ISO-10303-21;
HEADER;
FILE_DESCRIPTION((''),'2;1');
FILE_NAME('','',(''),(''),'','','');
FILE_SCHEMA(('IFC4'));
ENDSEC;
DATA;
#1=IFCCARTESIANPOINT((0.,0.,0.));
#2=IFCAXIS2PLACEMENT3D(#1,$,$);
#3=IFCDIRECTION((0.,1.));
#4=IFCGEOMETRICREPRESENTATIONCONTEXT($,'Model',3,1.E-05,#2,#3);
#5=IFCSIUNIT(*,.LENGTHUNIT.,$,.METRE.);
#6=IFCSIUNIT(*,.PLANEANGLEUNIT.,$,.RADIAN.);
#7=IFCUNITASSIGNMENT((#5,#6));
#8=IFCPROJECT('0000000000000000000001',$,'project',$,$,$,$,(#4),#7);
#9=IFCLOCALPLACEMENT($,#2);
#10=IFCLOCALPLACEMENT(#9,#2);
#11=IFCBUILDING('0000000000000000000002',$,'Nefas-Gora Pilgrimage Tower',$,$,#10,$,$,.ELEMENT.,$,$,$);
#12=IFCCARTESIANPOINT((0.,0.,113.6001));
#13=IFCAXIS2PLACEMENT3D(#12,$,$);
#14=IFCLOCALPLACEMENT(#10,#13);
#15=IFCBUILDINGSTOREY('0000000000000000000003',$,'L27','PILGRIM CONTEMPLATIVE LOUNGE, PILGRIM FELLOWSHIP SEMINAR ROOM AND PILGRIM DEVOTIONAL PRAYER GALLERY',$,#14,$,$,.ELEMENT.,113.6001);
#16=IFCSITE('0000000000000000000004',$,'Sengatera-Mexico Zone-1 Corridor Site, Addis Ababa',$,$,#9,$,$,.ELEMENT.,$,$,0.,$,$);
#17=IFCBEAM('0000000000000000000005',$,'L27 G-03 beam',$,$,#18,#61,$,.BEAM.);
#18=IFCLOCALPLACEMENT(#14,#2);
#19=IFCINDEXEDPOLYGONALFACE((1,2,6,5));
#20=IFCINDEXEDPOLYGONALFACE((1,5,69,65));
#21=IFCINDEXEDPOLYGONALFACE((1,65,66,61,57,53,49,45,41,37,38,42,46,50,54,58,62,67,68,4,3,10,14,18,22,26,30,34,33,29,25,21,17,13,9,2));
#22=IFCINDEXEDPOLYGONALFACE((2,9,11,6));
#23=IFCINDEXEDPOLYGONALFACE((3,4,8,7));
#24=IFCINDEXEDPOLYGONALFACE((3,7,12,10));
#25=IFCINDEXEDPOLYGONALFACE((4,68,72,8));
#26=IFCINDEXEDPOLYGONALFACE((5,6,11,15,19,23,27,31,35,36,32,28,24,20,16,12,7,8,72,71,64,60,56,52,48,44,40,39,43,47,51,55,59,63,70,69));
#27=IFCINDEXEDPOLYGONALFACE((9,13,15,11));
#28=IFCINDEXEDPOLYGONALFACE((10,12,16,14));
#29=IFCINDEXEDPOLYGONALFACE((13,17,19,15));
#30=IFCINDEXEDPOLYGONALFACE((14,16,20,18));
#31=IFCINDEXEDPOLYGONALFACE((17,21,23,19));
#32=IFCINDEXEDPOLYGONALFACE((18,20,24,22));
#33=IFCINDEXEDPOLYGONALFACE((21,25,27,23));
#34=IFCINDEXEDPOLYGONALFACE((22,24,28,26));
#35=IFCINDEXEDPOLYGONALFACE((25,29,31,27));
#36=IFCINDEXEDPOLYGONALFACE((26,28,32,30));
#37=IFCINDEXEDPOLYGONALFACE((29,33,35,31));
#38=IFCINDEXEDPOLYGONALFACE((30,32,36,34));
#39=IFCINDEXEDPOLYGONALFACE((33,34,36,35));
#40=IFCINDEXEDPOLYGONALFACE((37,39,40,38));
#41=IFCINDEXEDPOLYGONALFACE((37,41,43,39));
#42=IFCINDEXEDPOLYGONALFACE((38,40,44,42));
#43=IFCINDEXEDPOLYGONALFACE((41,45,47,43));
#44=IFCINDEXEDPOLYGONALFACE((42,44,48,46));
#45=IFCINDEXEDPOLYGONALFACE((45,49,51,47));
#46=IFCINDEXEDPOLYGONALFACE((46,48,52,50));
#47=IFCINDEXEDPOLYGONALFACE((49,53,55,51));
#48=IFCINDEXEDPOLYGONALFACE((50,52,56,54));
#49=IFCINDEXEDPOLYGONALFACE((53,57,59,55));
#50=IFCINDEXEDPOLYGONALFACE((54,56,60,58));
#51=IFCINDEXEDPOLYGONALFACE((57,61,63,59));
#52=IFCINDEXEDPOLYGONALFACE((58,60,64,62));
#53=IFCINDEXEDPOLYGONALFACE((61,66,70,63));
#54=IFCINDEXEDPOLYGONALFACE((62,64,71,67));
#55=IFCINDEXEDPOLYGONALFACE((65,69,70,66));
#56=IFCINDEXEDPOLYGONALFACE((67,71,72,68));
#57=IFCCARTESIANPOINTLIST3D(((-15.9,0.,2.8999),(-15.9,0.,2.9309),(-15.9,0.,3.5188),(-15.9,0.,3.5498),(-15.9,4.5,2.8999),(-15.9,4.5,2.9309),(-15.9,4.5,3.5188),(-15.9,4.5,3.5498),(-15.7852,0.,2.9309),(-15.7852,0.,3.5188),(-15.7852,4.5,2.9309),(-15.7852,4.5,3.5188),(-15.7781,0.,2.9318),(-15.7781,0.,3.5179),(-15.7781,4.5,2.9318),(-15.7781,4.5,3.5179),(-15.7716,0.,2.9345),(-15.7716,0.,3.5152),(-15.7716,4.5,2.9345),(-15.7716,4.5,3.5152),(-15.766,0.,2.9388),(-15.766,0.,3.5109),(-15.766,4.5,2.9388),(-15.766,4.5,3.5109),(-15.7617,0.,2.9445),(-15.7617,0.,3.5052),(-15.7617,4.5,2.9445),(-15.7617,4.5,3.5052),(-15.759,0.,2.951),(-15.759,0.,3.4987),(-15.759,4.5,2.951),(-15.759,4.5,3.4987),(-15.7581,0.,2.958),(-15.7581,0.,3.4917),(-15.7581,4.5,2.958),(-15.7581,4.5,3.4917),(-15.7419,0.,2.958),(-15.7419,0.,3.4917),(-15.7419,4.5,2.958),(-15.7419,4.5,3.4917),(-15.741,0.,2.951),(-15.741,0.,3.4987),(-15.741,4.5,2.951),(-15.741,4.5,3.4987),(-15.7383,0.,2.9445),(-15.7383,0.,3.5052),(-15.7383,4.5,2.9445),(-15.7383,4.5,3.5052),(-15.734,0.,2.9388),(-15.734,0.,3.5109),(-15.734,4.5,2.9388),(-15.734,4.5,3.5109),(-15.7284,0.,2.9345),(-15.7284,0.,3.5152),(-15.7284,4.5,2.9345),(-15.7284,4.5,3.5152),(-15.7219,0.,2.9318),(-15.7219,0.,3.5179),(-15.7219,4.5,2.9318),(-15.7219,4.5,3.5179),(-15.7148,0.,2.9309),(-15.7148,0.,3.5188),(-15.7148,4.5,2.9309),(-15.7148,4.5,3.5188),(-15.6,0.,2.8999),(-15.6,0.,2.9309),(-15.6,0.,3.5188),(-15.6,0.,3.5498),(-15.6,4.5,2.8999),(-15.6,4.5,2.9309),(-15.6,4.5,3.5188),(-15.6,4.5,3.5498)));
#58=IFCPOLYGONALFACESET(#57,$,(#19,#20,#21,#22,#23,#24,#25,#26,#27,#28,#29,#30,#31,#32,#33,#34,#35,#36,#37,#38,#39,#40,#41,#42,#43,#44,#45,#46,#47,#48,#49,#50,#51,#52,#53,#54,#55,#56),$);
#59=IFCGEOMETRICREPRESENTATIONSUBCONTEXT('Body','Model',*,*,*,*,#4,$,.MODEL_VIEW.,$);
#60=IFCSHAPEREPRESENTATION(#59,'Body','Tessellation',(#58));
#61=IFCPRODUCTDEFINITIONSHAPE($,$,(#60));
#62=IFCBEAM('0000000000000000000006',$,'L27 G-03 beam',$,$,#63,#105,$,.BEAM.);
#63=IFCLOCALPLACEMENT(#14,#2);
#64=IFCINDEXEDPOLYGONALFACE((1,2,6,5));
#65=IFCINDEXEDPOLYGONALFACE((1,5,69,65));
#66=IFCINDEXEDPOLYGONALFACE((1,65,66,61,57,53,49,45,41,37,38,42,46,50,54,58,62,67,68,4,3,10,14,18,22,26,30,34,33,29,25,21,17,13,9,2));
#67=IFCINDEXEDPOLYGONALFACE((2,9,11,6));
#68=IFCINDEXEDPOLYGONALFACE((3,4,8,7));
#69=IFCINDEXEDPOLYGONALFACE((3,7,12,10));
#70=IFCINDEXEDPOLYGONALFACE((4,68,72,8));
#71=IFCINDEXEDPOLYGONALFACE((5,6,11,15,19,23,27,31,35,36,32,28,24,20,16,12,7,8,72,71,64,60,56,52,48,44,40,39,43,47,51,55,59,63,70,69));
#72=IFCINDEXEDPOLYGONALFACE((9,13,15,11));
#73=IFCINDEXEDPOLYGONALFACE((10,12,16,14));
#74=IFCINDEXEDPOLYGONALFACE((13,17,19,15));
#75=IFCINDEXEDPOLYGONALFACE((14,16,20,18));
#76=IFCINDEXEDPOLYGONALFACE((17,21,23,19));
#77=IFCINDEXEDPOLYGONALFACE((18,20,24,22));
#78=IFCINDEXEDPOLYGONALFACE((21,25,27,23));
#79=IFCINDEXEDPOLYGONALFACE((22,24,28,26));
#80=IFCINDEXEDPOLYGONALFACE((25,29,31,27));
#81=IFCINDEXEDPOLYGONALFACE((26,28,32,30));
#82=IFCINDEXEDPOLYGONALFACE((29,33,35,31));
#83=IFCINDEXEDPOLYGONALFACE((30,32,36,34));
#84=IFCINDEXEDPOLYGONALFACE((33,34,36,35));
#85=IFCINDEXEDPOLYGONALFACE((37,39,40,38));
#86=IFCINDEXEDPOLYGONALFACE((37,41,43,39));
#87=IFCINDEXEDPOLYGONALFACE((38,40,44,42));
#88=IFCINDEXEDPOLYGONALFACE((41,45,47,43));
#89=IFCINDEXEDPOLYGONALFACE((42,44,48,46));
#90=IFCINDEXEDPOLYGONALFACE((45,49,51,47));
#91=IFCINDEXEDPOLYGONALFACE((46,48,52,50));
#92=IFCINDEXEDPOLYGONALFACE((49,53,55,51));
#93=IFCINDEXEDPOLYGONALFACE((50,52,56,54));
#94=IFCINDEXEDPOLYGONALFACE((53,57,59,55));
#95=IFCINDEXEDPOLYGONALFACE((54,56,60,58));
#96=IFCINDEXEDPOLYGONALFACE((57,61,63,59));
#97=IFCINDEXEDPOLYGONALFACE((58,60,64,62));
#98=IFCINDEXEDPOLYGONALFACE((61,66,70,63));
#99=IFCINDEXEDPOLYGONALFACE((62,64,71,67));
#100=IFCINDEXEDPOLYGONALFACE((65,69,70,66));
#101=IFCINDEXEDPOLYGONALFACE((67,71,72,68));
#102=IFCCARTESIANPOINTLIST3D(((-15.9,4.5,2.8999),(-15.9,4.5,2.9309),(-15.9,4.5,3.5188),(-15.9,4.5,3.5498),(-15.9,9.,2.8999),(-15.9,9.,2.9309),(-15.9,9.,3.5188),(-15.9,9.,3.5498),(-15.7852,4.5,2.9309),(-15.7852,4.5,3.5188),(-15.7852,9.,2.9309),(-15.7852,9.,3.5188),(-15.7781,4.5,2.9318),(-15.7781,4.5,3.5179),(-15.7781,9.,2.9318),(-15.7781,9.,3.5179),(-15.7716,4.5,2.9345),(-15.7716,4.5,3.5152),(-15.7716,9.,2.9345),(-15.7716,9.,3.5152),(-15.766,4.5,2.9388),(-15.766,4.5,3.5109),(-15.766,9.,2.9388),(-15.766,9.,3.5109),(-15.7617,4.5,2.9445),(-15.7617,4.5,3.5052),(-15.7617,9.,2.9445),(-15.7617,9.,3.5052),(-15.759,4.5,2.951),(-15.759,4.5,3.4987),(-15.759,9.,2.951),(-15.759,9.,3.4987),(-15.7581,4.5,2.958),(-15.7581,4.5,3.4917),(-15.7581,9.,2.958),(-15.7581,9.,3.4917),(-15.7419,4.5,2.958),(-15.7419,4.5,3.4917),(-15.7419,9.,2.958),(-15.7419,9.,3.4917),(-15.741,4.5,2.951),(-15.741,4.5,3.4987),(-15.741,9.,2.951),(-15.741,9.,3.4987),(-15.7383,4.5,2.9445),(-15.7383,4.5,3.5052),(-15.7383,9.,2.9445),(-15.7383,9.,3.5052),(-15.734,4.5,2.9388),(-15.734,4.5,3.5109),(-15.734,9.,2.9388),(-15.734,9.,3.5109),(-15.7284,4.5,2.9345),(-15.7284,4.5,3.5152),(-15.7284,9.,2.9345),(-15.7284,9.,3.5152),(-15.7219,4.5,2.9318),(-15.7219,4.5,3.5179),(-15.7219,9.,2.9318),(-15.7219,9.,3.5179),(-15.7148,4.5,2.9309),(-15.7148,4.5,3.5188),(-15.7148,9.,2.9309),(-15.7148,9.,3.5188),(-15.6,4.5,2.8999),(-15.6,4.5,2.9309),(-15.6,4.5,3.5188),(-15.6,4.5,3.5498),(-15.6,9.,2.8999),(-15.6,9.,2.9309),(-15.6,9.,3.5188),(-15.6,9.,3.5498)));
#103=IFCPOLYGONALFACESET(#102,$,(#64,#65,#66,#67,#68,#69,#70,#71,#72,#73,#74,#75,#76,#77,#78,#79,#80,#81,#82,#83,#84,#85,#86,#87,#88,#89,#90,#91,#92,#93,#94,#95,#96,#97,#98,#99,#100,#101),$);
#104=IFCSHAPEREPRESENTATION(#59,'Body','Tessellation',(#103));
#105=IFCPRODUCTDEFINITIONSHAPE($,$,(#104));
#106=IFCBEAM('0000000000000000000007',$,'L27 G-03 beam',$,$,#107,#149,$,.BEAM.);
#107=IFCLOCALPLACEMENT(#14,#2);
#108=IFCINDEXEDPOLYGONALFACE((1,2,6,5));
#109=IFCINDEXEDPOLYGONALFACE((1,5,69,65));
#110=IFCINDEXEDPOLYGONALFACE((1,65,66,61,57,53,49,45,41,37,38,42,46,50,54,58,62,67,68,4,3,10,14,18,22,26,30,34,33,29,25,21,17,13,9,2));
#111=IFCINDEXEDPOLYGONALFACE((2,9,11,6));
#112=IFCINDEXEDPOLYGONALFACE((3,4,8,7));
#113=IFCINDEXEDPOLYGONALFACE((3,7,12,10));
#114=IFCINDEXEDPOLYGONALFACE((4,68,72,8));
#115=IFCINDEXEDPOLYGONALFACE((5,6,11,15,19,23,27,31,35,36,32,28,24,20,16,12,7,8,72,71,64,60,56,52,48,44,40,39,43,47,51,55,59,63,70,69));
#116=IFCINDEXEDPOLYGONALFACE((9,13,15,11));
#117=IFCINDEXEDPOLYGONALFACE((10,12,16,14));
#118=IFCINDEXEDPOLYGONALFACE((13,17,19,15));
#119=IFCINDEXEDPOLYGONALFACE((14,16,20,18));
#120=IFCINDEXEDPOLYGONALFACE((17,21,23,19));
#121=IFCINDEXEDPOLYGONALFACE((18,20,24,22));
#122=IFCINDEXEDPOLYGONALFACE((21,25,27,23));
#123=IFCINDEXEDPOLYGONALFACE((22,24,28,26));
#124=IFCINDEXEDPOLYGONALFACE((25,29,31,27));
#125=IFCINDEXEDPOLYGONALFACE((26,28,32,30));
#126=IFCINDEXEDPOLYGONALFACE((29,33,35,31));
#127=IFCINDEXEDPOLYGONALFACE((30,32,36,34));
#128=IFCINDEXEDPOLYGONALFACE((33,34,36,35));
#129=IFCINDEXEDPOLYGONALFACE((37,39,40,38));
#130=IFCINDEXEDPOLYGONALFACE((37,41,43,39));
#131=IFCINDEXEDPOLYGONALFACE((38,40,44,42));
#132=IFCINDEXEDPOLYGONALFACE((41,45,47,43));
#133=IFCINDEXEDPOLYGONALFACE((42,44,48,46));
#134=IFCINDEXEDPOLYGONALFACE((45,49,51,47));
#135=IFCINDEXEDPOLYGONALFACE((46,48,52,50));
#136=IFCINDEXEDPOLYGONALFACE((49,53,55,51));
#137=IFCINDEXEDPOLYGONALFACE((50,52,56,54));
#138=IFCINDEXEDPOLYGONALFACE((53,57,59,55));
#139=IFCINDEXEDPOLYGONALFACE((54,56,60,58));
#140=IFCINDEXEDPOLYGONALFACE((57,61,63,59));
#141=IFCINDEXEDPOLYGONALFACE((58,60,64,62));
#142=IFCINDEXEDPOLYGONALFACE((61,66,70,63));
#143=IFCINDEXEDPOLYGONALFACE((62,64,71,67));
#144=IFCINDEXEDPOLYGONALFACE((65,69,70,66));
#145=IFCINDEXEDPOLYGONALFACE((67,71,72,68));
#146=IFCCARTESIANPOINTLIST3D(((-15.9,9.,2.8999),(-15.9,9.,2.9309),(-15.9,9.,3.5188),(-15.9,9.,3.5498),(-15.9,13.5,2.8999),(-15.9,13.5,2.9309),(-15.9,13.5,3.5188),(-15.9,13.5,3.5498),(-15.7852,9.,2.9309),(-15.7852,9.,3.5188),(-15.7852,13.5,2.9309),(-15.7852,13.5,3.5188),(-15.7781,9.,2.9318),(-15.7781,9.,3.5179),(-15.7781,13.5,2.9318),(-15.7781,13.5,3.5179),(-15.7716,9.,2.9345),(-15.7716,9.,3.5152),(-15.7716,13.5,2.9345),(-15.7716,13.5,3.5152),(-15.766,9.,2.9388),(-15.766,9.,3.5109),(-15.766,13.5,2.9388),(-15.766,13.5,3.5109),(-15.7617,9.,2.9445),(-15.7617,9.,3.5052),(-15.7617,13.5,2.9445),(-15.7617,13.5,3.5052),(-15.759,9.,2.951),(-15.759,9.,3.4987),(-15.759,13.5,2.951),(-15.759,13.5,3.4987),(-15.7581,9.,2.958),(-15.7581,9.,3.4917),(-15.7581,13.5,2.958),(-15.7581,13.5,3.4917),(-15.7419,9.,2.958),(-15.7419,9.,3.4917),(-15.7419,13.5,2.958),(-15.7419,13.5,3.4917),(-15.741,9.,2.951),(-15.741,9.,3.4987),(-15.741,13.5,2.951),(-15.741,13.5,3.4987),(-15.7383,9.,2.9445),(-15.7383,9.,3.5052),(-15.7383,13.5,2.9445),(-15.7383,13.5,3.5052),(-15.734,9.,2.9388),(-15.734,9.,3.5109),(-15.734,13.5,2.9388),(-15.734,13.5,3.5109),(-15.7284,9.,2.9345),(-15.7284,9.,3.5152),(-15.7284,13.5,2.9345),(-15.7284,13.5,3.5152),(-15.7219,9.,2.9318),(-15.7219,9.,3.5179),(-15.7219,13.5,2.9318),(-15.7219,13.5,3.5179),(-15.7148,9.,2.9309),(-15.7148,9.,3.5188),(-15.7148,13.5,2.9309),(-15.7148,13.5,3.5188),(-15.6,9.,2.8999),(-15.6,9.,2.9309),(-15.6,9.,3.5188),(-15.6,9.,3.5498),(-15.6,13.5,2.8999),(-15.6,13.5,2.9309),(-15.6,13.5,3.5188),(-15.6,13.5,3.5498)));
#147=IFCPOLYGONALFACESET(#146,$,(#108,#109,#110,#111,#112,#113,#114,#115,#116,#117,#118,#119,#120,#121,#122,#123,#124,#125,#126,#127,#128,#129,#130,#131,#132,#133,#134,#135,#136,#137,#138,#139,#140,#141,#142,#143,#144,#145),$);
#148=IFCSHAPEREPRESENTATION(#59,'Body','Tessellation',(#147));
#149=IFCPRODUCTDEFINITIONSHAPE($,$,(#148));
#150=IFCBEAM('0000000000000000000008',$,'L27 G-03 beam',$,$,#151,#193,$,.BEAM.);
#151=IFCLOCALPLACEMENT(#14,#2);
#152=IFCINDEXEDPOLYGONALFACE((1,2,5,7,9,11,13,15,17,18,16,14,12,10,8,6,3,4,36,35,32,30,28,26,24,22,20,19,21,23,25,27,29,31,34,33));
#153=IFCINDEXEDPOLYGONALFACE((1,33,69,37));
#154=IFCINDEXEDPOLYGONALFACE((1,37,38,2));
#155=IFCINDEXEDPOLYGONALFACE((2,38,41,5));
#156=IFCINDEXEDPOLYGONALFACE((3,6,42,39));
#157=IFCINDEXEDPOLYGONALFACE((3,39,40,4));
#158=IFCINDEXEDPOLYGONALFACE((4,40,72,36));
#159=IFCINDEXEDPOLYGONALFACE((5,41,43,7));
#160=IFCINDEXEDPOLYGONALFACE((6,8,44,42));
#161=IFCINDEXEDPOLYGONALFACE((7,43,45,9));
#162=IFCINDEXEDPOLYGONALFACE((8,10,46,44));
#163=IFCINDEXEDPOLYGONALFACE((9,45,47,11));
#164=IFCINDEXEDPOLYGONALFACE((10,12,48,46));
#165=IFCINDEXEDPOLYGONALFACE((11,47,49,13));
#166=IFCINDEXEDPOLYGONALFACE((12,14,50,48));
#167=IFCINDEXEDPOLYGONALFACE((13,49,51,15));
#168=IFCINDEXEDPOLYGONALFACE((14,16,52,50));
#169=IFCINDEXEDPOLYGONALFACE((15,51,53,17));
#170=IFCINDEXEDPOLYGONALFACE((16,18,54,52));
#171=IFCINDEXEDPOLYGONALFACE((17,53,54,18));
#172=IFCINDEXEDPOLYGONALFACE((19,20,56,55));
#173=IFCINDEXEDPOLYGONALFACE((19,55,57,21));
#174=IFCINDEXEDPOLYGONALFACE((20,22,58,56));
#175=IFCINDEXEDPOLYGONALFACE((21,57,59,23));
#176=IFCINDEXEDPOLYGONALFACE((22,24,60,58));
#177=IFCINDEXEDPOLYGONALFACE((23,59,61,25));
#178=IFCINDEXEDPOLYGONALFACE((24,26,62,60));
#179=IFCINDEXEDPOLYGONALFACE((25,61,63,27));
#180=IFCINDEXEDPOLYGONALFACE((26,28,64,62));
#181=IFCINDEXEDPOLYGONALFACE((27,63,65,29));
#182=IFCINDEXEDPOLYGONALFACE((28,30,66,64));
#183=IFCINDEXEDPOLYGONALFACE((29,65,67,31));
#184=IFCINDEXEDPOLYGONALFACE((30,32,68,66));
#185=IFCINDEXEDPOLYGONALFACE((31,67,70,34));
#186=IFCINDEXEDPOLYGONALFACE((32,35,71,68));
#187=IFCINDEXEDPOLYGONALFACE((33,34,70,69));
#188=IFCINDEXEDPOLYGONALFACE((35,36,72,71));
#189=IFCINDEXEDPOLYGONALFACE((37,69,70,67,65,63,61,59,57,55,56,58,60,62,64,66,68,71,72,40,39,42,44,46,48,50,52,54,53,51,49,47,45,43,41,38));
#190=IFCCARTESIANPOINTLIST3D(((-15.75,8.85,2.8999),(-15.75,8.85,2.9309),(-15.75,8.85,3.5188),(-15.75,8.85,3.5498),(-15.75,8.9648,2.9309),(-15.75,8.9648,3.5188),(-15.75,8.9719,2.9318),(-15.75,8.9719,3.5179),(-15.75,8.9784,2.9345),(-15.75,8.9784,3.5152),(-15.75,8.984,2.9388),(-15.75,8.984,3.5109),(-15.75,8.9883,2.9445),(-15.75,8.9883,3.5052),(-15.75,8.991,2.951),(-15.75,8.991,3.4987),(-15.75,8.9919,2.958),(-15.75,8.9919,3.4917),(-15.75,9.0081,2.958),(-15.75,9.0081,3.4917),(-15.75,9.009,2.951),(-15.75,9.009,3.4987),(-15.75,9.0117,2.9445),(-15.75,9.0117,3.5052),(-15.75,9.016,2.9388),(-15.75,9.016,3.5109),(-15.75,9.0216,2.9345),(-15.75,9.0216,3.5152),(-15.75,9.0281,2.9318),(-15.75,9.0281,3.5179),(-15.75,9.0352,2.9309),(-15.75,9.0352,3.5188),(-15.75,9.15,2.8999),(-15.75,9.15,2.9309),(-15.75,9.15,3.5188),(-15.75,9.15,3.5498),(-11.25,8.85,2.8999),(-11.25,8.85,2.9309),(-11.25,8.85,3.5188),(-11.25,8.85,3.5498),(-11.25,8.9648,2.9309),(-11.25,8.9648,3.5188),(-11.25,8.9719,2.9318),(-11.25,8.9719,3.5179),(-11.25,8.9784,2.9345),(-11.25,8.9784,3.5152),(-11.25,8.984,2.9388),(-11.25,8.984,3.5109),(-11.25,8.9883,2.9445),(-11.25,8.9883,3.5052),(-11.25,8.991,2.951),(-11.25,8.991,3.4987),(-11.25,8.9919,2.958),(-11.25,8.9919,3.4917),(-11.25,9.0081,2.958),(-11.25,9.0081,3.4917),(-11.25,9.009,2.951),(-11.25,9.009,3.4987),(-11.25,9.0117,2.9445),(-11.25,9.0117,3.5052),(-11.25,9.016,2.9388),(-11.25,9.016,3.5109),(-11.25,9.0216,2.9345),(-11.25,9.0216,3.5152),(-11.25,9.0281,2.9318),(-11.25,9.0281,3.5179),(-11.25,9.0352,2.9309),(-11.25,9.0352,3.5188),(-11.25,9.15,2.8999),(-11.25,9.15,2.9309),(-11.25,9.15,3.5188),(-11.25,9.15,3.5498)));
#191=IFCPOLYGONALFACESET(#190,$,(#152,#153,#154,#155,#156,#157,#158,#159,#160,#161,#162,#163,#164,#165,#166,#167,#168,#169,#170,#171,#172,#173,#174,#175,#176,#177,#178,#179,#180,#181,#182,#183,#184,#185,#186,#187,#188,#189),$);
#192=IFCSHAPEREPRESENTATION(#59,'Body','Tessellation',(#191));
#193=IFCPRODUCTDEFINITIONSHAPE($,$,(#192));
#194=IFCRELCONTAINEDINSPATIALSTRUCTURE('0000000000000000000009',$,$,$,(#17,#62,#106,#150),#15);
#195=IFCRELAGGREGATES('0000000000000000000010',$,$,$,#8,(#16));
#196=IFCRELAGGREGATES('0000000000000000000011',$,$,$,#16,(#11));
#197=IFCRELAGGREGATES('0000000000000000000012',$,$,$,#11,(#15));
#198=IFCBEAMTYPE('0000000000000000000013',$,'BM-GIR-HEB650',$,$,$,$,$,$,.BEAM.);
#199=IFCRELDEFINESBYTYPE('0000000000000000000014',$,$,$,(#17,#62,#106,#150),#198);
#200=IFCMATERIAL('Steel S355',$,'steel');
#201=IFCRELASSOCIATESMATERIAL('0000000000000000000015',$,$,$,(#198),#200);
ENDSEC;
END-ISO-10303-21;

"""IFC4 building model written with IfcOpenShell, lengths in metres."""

from ifc_helpers import new_model, si_unit, direction, frame, origin, origin_2d, place, context, subcontext, project, spatial, i_section, extrude, source, transform, mapped, material, material_profile, profile_set, type_object, element, save


model = new_model("IFC4")

# Units and contexts
model_context = context("Model", 3, precision=1e-05, world=origin(), true_north=direction((0.0, 1.0)))
body_context = subcontext(model_context, "Body", "Model", "MODEL_VIEW")
ifc_project = project(units=[si_unit("LENGTHUNIT", "METRE"), si_unit("PLANEANGLEUNIT", "RADIAN")], contexts=[model_context])

# Site, building, storey
site_placement = place(None, origin())
site = spatial("IfcSite", under=ifc_project, at=site_placement, Name="Sengatera-Mexico Zone-1 Corridor Site, Addis Ababa", CompositionType="ELEMENT", RefElevation=0.0)
building_placement = place(site_placement, origin())
building = spatial("IfcBuilding", under=site, at=building_placement, Name="Nefas-Gora Pilgrimage Tower", CompositionType="ELEMENT")
storey_placement = place(building_placement, frame((0.0, 0.0, 113.6001)))
storey = spatial("IfcBuildingStorey", under=building, at=storey_placement, Name="L27", Description="PILGRIM CONTEMPLATIVE LOUNGE, PILGRIM FELLOWSHIP SEMINAR ROOM AND PILGRIM DEVOTIONAL PRAYER GALLERY", CompositionType="ELEMENT", Elevation=113.6001)

# Beams
ifc_material_1 = material(Name="Steel S355", Category="steel")
ifc_material_profile_1 = material_profile(ifc_material_1, i_section(OverallWidth=0.3, OverallDepth=0.6499, WebThickness=0.0161, FlangeThickness=0.031, FilletRadius=0.0271, at=origin_2d()), Name="HEB 650")
ifc_profile_set_1 = profile_set([ifc_material_profile_1], Name="Steel S355")
beam_type_1 = type_object("IfcBeamType", Name="BM-GIR-HEB650", PredefinedType="BEAM", material=ifc_profile_set_1)
shared_shape_1 = source(origin(), body_context, "Body", "SweptSolid", [
    extrude(i_section(OverallWidth=0.3, OverallDepth=0.6499, WebThickness=0.0161, FlangeThickness=0.031, FilletRadius=0.0271, at=origin_2d()), origin(), (0.0, 0.0, 1.0), 4.5),
])
for number, where, z_axis, x_axis, name in (
    (1, (-15.75, 0.0, 3.2249), (0.0, 1.0, 0.0), (-1.0, 0.0, 0.0), "L27 G-03 beam"),
    (2, (-15.75, 4.5, 3.2249), (0.0, 1.0, 0.0), (-1.0, 0.0, 0.0), "L27 G-03 beam"),
    (3, (-15.75, 9.0, 3.2249), (0.0, 1.0, 0.0), (-1.0, 0.0, 0.0), "L27 G-03 beam"),
    (4, (-15.75, 9.0, 3.2249), (1.0, 0.0, 0.0), (0.0, 1.0, 0.0), "L27 G-03 beam"),
):
    element("IfcBeam", number, at=place(storey_placement, frame(where, z_axis=z_axis, x_axis=x_axis)), inside=storey, type_object=beam_type_1, Name=name, PredefinedType="BEAM", context=body_context, shape_type="MappedRepresentation", body=[
        mapped(shared_shape_1, transform((0.0, 0.0, 0.0), x_axis=(1.0, 0.0, 0.0), y_axis=(0.0, 1.0, 0.0), z_axis=(0.0, 0.0, 1.0), scale=1.0)),
    ])

save(model, "model.ifc")
